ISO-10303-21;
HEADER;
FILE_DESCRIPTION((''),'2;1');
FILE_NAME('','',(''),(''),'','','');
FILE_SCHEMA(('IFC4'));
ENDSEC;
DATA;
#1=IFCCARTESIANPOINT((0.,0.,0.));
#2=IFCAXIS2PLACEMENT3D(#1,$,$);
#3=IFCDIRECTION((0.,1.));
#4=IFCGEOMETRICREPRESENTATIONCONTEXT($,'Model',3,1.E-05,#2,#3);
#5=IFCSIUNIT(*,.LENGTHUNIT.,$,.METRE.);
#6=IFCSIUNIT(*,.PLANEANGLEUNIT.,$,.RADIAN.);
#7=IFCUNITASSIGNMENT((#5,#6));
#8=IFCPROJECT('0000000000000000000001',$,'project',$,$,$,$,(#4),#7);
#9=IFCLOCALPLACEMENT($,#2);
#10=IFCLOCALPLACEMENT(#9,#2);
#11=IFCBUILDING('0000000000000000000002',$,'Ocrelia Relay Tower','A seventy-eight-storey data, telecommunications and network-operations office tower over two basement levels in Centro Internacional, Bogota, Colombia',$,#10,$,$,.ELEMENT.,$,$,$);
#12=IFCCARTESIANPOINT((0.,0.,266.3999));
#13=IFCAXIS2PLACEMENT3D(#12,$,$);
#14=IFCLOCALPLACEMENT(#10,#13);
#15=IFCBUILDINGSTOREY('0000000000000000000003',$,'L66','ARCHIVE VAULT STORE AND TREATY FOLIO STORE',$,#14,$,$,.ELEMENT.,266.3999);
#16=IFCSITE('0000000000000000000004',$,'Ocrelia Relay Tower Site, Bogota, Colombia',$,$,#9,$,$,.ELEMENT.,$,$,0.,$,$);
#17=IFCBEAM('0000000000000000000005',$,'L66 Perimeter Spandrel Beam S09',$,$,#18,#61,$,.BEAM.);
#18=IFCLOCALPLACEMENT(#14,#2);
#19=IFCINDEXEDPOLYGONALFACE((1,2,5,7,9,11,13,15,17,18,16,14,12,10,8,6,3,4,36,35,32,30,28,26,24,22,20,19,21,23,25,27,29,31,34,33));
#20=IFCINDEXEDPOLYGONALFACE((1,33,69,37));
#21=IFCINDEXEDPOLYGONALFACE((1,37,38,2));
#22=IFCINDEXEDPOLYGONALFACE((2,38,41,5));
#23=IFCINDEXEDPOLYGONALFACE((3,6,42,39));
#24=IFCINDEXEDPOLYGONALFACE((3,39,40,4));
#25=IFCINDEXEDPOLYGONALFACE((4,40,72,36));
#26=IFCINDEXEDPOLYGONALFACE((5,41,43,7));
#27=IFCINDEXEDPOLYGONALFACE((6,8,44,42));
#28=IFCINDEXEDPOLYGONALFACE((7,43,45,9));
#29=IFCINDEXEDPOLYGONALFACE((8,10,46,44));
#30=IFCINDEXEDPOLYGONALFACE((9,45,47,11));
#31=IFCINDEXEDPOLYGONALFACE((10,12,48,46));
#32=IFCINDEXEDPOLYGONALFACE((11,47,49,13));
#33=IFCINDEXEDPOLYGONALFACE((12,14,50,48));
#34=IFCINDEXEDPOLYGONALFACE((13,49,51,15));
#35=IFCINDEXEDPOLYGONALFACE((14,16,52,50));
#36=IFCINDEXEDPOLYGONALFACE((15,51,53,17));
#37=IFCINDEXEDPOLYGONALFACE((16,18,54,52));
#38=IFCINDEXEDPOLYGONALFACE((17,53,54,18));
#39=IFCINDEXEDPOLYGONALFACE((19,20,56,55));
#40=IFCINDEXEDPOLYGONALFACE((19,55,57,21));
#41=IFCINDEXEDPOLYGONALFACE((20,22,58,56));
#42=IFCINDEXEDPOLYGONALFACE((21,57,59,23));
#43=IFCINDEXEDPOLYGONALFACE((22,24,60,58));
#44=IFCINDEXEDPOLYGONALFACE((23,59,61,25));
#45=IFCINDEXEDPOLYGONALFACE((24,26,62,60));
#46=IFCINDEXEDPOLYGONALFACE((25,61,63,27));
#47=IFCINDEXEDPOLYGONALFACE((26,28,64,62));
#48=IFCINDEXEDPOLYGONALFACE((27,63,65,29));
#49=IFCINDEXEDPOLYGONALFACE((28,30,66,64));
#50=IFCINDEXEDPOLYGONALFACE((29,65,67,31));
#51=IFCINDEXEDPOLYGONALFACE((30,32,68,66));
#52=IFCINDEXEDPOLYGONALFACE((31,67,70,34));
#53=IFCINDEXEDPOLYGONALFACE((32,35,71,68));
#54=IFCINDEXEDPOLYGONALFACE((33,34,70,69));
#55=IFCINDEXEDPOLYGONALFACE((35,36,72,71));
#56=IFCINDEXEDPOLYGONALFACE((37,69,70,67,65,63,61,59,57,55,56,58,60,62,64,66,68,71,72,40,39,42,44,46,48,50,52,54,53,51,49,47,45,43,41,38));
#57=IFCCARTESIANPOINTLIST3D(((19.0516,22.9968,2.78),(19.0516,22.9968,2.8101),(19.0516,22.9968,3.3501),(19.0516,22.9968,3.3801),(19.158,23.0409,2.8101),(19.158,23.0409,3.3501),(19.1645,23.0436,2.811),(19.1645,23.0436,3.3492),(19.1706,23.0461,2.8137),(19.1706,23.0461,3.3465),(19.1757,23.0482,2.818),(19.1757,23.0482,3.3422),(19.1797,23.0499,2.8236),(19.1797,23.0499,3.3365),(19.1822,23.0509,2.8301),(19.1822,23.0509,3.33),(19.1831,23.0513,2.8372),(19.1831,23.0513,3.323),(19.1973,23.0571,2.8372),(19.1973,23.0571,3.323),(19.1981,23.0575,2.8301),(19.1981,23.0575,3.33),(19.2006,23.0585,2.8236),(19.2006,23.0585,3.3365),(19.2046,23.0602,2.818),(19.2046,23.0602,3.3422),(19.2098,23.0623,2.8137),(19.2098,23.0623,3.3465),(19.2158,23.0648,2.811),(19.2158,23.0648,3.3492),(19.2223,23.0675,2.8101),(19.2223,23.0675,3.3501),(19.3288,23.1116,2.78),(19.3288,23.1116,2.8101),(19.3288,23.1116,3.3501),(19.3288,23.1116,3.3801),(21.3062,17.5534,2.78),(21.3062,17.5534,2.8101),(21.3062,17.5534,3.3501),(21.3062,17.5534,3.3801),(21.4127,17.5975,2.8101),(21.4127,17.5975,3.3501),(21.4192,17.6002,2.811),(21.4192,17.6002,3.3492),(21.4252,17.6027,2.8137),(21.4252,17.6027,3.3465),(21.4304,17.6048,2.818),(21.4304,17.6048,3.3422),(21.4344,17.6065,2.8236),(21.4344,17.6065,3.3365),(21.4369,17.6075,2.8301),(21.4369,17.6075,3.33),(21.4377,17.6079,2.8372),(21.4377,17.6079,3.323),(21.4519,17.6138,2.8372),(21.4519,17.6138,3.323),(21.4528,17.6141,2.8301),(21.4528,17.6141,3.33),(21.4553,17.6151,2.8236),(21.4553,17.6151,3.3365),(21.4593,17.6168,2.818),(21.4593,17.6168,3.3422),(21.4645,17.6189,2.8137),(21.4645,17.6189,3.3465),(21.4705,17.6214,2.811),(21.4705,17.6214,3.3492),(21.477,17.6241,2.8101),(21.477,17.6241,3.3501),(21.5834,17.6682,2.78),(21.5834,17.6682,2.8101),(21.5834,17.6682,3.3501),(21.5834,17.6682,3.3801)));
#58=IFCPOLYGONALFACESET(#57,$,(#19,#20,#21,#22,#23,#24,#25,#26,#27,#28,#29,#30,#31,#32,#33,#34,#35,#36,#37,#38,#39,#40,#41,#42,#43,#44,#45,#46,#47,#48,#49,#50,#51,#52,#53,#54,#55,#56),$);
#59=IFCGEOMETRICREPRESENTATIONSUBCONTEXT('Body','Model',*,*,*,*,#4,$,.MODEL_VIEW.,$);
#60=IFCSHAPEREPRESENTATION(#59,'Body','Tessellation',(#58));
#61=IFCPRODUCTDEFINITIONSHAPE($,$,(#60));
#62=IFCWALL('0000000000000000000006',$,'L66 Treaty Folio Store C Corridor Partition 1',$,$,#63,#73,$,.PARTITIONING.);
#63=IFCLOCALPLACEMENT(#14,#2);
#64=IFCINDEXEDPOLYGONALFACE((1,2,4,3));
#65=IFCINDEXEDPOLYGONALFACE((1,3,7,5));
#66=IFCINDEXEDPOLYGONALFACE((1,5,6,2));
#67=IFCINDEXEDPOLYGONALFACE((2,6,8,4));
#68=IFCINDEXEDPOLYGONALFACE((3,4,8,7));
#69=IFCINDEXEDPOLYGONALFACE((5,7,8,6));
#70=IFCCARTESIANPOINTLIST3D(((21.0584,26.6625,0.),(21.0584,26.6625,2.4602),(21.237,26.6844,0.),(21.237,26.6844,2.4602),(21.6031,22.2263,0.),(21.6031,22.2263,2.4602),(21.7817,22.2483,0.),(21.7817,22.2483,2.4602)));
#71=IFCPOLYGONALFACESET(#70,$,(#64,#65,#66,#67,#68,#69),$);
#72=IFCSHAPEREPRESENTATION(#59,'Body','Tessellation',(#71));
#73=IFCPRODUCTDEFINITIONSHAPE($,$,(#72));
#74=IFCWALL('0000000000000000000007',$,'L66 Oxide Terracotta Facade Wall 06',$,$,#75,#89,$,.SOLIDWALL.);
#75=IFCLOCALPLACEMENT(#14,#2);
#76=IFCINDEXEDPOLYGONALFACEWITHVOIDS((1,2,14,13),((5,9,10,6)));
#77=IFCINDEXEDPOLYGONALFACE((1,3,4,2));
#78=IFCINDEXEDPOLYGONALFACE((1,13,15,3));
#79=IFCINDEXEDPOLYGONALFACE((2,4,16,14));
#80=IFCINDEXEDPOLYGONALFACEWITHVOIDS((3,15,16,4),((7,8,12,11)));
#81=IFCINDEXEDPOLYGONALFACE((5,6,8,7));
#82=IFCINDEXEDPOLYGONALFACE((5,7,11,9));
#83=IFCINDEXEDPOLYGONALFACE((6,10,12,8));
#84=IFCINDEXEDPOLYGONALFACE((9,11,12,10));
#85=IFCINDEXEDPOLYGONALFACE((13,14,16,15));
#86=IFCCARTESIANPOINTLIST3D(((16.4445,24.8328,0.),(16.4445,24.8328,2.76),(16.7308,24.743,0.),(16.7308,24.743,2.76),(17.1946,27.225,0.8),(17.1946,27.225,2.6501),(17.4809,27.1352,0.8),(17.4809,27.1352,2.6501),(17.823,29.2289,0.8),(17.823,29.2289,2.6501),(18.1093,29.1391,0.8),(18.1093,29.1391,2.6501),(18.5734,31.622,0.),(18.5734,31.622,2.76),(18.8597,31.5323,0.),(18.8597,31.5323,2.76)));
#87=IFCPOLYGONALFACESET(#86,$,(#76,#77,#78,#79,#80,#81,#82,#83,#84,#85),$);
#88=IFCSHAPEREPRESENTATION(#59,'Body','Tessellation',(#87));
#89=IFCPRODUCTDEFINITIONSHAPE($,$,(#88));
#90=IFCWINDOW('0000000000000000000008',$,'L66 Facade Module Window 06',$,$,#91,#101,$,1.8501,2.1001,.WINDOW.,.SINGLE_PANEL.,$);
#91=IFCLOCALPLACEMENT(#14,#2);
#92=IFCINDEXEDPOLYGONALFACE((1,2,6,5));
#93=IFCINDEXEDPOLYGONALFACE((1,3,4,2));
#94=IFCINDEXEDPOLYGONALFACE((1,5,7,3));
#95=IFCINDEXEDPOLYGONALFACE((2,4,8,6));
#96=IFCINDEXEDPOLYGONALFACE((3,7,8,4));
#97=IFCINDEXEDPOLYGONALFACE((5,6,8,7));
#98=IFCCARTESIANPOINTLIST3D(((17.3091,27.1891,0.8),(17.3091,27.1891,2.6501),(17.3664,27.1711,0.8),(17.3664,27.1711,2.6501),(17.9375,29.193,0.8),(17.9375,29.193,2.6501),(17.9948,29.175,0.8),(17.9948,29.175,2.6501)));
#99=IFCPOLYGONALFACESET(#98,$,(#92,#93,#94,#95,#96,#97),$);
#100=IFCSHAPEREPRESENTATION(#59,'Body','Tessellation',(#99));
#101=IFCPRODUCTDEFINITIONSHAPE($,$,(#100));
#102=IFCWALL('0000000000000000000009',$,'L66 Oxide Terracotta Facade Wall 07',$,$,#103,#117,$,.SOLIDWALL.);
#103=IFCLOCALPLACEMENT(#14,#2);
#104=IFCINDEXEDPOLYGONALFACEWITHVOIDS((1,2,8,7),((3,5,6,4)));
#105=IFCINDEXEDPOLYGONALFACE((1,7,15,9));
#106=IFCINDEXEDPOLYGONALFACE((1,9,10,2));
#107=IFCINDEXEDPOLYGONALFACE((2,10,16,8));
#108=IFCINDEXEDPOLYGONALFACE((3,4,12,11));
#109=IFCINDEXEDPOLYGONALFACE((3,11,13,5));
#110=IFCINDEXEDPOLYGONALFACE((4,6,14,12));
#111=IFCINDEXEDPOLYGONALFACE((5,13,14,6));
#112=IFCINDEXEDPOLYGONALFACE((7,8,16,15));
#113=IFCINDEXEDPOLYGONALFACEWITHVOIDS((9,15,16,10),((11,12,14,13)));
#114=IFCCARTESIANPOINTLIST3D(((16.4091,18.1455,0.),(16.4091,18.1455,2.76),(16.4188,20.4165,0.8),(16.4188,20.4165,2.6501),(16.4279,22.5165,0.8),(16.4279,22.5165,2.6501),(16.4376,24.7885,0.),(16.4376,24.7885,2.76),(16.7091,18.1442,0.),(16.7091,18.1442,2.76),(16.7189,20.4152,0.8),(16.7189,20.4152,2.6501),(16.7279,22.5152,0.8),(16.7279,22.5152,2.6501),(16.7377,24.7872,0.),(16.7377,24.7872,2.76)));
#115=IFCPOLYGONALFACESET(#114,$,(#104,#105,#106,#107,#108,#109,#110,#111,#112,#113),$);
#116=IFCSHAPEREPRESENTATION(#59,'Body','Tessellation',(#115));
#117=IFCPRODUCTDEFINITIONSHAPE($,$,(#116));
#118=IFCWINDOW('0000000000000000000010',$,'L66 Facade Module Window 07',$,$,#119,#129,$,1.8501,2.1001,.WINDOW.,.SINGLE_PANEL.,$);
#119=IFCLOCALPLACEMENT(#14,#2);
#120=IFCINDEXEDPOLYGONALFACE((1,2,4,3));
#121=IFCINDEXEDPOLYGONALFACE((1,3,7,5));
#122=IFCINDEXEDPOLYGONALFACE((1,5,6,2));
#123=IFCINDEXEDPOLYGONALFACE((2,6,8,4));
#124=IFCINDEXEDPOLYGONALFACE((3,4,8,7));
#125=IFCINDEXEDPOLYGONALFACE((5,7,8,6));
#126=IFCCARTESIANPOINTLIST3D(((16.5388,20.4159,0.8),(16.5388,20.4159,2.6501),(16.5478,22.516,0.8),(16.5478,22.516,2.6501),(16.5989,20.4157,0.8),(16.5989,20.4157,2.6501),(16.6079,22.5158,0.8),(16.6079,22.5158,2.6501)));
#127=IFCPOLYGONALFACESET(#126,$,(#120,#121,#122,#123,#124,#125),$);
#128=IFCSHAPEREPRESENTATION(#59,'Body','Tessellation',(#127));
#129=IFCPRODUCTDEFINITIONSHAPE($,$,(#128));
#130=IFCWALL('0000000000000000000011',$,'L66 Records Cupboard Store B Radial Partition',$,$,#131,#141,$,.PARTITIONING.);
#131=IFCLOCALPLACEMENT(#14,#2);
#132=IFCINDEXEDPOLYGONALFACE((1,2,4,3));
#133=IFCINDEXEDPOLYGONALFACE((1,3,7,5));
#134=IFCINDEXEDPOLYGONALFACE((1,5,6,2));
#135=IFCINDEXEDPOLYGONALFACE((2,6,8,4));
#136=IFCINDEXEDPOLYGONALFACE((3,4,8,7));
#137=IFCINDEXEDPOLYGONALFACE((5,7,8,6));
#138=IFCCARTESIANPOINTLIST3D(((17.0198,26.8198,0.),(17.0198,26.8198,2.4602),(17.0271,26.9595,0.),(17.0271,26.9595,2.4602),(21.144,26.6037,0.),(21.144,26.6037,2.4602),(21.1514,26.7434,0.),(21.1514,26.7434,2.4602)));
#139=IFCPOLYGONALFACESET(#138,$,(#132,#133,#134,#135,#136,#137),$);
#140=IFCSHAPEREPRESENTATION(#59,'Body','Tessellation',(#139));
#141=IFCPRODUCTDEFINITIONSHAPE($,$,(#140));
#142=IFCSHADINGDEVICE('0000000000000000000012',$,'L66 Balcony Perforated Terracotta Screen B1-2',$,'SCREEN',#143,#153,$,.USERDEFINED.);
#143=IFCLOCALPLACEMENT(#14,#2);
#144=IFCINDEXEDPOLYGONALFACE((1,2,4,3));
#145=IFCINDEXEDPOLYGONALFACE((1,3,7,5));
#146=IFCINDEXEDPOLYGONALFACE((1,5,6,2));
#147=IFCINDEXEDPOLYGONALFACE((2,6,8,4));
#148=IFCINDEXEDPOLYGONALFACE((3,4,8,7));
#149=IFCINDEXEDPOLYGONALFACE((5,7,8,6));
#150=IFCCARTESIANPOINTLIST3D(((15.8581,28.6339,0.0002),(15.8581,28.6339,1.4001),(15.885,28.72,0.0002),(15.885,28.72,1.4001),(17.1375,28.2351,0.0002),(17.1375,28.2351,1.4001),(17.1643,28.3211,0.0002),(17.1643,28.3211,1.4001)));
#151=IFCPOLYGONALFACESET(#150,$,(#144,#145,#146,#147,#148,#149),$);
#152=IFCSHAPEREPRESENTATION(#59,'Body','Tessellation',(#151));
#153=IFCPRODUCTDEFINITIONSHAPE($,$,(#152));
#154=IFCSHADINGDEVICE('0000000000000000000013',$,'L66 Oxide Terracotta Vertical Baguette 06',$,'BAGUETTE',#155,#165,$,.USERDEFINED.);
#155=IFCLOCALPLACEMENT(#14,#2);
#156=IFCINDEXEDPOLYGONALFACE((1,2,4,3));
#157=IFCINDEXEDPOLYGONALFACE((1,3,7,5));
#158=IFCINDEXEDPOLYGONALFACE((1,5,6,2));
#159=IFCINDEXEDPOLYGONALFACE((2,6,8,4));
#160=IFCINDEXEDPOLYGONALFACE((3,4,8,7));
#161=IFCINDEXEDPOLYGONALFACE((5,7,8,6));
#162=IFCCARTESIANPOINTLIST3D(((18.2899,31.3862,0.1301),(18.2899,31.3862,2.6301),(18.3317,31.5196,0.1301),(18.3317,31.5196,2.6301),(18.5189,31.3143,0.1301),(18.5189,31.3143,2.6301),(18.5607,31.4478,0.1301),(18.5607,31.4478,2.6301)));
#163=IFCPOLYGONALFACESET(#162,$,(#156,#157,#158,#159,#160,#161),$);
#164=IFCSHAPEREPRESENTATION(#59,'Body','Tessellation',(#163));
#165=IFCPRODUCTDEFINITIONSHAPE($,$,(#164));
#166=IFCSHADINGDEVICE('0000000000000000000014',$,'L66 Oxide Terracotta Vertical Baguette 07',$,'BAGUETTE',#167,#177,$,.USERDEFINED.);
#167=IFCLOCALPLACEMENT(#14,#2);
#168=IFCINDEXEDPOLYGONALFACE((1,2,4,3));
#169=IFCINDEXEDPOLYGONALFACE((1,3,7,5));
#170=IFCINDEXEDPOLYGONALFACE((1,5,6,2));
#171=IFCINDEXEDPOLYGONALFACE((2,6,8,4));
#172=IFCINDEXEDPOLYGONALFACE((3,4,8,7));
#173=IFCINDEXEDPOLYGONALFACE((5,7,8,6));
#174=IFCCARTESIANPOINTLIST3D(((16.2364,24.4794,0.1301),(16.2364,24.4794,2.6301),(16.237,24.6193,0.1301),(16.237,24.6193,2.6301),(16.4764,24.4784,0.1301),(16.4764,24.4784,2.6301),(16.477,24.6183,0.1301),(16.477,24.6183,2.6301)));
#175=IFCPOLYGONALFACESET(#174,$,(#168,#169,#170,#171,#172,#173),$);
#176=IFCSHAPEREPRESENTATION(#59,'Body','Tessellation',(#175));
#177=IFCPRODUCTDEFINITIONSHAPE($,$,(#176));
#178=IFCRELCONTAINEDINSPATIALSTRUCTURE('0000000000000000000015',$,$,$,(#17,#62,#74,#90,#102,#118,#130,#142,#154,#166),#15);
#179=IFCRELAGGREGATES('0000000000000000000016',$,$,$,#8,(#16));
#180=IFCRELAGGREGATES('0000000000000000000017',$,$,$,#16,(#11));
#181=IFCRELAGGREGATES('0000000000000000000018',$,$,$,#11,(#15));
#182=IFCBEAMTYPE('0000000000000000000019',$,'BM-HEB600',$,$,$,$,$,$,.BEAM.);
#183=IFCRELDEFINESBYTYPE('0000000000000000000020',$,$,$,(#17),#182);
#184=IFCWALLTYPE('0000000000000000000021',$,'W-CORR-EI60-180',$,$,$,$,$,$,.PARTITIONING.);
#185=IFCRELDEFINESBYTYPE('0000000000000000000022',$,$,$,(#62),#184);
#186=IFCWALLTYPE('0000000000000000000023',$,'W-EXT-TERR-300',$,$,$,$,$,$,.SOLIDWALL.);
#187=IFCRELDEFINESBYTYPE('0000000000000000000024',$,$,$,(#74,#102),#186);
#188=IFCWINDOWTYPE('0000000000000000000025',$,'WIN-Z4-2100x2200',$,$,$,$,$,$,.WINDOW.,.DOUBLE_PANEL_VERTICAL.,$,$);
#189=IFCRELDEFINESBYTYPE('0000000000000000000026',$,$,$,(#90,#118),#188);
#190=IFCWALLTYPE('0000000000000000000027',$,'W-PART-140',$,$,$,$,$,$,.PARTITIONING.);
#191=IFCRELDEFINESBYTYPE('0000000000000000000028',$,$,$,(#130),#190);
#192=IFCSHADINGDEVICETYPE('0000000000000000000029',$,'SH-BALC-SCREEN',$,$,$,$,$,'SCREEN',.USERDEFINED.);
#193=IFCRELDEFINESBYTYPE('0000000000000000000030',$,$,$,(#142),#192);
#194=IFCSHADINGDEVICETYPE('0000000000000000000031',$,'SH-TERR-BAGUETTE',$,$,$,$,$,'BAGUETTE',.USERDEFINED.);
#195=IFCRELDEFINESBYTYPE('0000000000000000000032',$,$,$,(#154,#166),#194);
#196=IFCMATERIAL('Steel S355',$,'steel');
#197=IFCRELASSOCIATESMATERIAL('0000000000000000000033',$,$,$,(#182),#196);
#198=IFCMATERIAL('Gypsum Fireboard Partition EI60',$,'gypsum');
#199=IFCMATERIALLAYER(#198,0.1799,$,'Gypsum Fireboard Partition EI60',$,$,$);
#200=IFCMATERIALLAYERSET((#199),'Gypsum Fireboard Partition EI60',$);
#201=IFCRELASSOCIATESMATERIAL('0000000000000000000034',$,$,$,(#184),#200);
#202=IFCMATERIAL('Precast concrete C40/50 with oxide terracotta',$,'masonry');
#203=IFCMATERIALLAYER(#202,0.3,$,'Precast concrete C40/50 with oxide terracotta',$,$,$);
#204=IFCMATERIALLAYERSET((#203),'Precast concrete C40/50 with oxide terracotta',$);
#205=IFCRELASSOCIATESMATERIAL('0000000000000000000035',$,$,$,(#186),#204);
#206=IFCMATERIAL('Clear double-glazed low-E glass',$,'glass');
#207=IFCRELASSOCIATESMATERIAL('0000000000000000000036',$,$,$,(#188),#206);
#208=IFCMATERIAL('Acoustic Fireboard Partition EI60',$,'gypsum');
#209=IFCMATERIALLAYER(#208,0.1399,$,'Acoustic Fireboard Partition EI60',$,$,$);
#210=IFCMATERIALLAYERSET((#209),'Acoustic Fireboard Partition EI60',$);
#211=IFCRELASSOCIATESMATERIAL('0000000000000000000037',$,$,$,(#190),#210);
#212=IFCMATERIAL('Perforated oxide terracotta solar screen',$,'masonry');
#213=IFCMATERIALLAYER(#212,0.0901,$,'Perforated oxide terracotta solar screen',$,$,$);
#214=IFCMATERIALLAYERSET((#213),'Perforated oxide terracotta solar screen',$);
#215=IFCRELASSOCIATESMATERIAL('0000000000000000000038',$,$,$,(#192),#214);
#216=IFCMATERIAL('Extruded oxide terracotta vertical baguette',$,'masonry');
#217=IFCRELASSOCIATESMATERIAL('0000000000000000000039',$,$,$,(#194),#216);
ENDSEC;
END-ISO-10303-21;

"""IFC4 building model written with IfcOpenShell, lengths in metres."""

from ifc_helpers import new_model, si_unit, direction, frame, frame_2d, origin, origin_2d, place, context, subcontext, project, spatial, rectangle, i_section, extrude, material, layer, layer_set, material_profile, profile_set, type_object, element, fill, save


model = new_model("IFC4")

# Units and contexts
model_context = context("Model", 3, precision=1e-05, world=origin(), true_north=direction((0.0, 1.0)))
body_context = subcontext(model_context, "Body", "Model", "MODEL_VIEW")
ifc_project = project(units=[si_unit("LENGTHUNIT", "METRE"), si_unit("PLANEANGLEUNIT", "RADIAN")], contexts=[model_context])

# Site, building, storey
site_placement = place(None, origin())
site = spatial("IfcSite", under=ifc_project, at=site_placement, Name="Ocrelia Relay Tower Site, Bogota, Colombia", CompositionType="ELEMENT", RefElevation=0.0)
building_placement = place(site_placement, origin())
building = spatial("IfcBuilding", under=site, at=building_placement, Name="Ocrelia Relay Tower", Description="A seventy-eight-storey data, telecommunications and network-operations office tower over two basement levels in Centro Internacional, Bogota, Colombia", CompositionType="ELEMENT")
storey_placement = place(building_placement, frame((0.0, 0.0, 266.3999)))
storey = spatial("IfcBuildingStorey", under=building, at=storey_placement, Name="L66", Description="ARCHIVE VAULT STORE AND TREATY FOLIO STORE", CompositionType="ELEMENT", Elevation=266.3999)

# Beam
ifc_material_1 = material(Name="Steel S355", Category="steel")
ifc_material_profile_1 = material_profile(ifc_material_1, i_section(OverallWidth=0.3, OverallDepth=0.6001, WebThickness=0.0154, FlangeThickness=0.03, FilletRadius=0.0271, at=origin_2d()), Name="HEB 600")
ifc_profile_set_1 = profile_set([ifc_material_profile_1], Name="Steel S355")
beam_type_1 = type_object("IfcBeamType", Name="BM-HEB600", PredefinedType="BEAM", material=ifc_profile_set_1)
beam_1_placement = place(storey_placement, frame((19.1902, 23.0542, 3.0801), z_axis=(0.382673, -0.923884, 0.0), x_axis=(0.923884, 0.382673, 0.0)))
element("IfcBeam", 1, at=beam_1_placement, inside=storey, type_object=beam_type_1, Name="L66 Perimeter Spandrel Beam S09", PredefinedType="BEAM", context=body_context, shape_type="SweptSolid", body=[
    extrude(i_section(OverallWidth=0.3, OverallDepth=0.6001, WebThickness=0.0154, FlangeThickness=0.03, FilletRadius=0.0271, at=origin_2d()), origin(), (0.0, 0.0, 1.0), 5.8918),
])

# Wall
ifc_material_2 = material(Name="Gypsum Fireboard Partition EI60", Category="gypsum")
ifc_layer_1 = layer(ifc_material_2, 0.1799, Name="Gypsum Fireboard Partition EI60")
ifc_layer_set_1 = layer_set([ifc_layer_1], Name="Gypsum Fireboard Partition EI60")
wall_type_1 = type_object("IfcWallType", Name="W-CORR-EI60-180", PredefinedType="PARTITIONING", material=ifc_layer_set_1)
wall_1_placement = place(storey_placement, frame((21.1477, 26.6736, 0.0), z_axis=(0.0, 0.0, 1.0), x_axis=(0.121863, -0.992547, 0.0)))
element("IfcWall", 2, at=wall_1_placement, inside=storey, type_object=wall_type_1, Name="L66 Treaty Folio Store C Corridor Partition 1", PredefinedType="PARTITIONING", context=body_context, shape_type="SweptSolid", body=[
    extrude(rectangle(XDim=4.4695, YDim=0.1799, at=frame_2d((2.2349, 0.0))), origin(), (0.0, 0.0, 1.0), 2.4602),
])

# Walls, openings, windows
ifc_material_3 = material(Name="Precast concrete C40/50 with oxide terracotta", Category="masonry")
ifc_layer_2 = layer(ifc_material_3, 0.3, Name="Precast concrete C40/50 with oxide terracotta")
ifc_layer_set_2 = layer_set([ifc_layer_2], Name="Precast concrete C40/50 with oxide terracotta")
wall_type_2 = type_object("IfcWallType", Name="W-EXT-TERR-300", PredefinedType="SOLIDWALL", material=ifc_layer_set_2)
wall_2_placement = place(storey_placement, frame((18.7166, 31.5771, 0.0), z_axis=(0.0, 0.0, 1.0), x_axis=(-0.299203, -0.95419, 0.0)))
wall_2 = element("IfcWall", 3, at=wall_2_placement, inside=storey, type_object=wall_type_2, Name="L66 Oxide Terracotta Facade Wall 06", PredefinedType="SOLIDWALL", context=body_context, shape_type="SweptSolid", body=[
    extrude(rectangle(XDim=7.1152, YDim=0.3, at=frame_2d((3.5576, 0.0))), origin(), (0.0, 0.0, 1.0), 2.76),
])
opening_1_placement = place(wall_2_placement, frame((2.5081, 0.0, 0.8)))
opening_1 = element("IfcOpeningElement", 4, at=opening_1_placement, cuts=wall_2, PredefinedType="OPENING", context=body_context, shape_type="SweptSolid", body=[
    extrude(rectangle(XDim=2.1001, YDim=1.8501, at=frame_2d((1.05, 0.925))), frame((0.0, 0.1602, 0.0), z_axis=(0.0, -1.0, 0.0), x_axis=(1.0, 0.0, 0.0)), (0.0, 0.0, 1.0), 0.3201),
])
ifc_material_4 = material(Name="Clear double-glazed low-E glass", Category="glass")
window_type = type_object("IfcWindowType", Name="WIN-Z4-2100x2200", PartitioningType="DOUBLE_PANEL_VERTICAL", PredefinedType="WINDOW", material=ifc_material_4)
window_1_placement = place(opening_1_placement, origin())
window_1 = element("IfcWindow", 5, at=window_1_placement, inside=storey, type_object=window_type, Name="L66 Facade Module Window 06", OverallHeight=1.8501, OverallWidth=2.1001, PartitioningType="SINGLE_PANEL", PredefinedType="WINDOW", context=body_context, shape_type="SweptSolid", body=[
    extrude(rectangle(XDim=2.1001, YDim=1.8501, at=frame_2d((1.05, 0.925))), frame((0.0, 0.03, 0.0), z_axis=(0.0, -1.0, 0.0), x_axis=(1.0, 0.0, 0.0)), (0.0, 0.0, 1.0), 0.0601),
])
fill(opening_1, window_1)
wall_3_placement = place(storey_placement, frame((16.5876, 24.7878, 0.0), z_axis=(0.0, 0.0, 1.0), x_axis=(-0.0043, -0.999991, 0.0)))
wall_3 = element("IfcWall", 6, at=wall_3_placement, inside=storey, type_object=wall_type_2, Name="L66 Oxide Terracotta Facade Wall 07", PredefinedType="SOLIDWALL", context=body_context, shape_type="SweptSolid", body=[
    extrude(rectangle(XDim=6.6431, YDim=0.3, at=frame_2d((3.3215, 0.0))), origin(), (0.0, 0.0, 1.0), 2.76),
])
opening_2_placement = place(wall_3_placement, frame((2.272, 0.0, 0.8)))
opening_2 = element("IfcOpeningElement", 7, at=opening_2_placement, cuts=wall_3, PredefinedType="OPENING", context=body_context, shape_type="SweptSolid", body=[
    extrude(rectangle(XDim=2.1001, YDim=1.8501, at=frame_2d((1.05, 0.925))), frame((0.0, 0.1602, 0.0), z_axis=(0.0, -1.0, 0.0), x_axis=(1.0, 0.0, 0.0)), (0.0, 0.0, 1.0), 0.3201),
])
window_2_placement = place(opening_2_placement, origin())
window_2 = element("IfcWindow", 8, at=window_2_placement, inside=storey, type_object=window_type, Name="L66 Facade Module Window 07", OverallHeight=1.8501, OverallWidth=2.1001, PartitioningType="SINGLE_PANEL", PredefinedType="WINDOW", context=body_context, shape_type="SweptSolid", body=[
    extrude(rectangle(XDim=2.1001, YDim=1.8501, at=frame_2d((1.05, 0.925))), frame((0.0, 0.03, 0.0), z_axis=(0.0, -1.0, 0.0), x_axis=(1.0, 0.0, 0.0)), (0.0, 0.0, 1.0), 0.0601),
])
fill(opening_2, window_2)

# Wall
ifc_material_5 = material(Name="Acoustic Fireboard Partition EI60", Category="gypsum")
ifc_layer_3 = layer(ifc_material_5, 0.1399, Name="Acoustic Fireboard Partition EI60")
ifc_layer_set_3 = layer_set([ifc_layer_3], Name="Acoustic Fireboard Partition EI60")
wall_type_3 = type_object("IfcWallType", Name="W-PART-140", PredefinedType="PARTITIONING", material=ifc_layer_set_3)
wall_4_placement = place(storey_placement, frame((21.1477, 26.6736, 0.0), z_axis=(0.0, 0.0, 1.0), x_axis=(-0.998631, 0.052317, 0.0)))
element("IfcWall", 9, at=wall_4_placement, inside=storey, type_object=wall_type_3, Name="L66 Records Cupboard Store B Radial Partition", PredefinedType="PARTITIONING", context=body_context, shape_type="SweptSolid", body=[
    extrude(rectangle(XDim=4.1299, YDim=0.1399, at=frame_2d((2.0649, 0.0))), origin(), (0.0, 0.0, 1.0), 2.4602),
])

# Shading devices
ifc_material_6 = material(Name="Perforated oxide terracotta solar screen", Category="masonry")
ifc_layer_4 = layer(ifc_material_6, 0.0901, Name="Perforated oxide terracotta solar screen")
ifc_layer_set_4 = layer_set([ifc_layer_4], Name="Perforated oxide terracotta solar screen")
shading_device_type_1 = type_object("IfcShadingDeviceType", Name="SH-BALC-SCREEN", ElementType="SCREEN", PredefinedType="USERDEFINED", material=ifc_layer_set_4)
shading_device_1_placement = place(storey_placement, frame((16.5112, 28.4775, 0.0002), z_axis=(0.0, 0.0, 1.0), x_axis=(-0.954688, 0.297609, 0.0)))
element("IfcShadingDevice", 10, at=shading_device_1_placement, inside=storey, type_object=shading_device_type_1, Name="L66 Balcony Perforated Terracotta Screen B1-2", ObjectType="SCREEN", PredefinedType="USERDEFINED", context=body_context, shape_type="SweptSolid", body=[
    extrude(rectangle(XDim=1.3401, YDim=0.0901, at=origin_2d()), origin(), (0.0, 0.0, 1.0), 1.3999),
])
ifc_material_7 = material(Name="Extruded oxide terracotta vertical baguette", Category="masonry")
shading_device_type_2 = type_object("IfcShadingDeviceType", Name="SH-TERR-BAGUETTE", ElementType="BAGUETTE", PredefinedType="USERDEFINED", material=ifc_material_7)
for number, where, z_axis, x_axis, name in (
    (11, (18.4253, 31.417, 0.1301), (0.0, 0.0, 1.0), (-0.29919, -0.954194, 0.0), "L66 Oxide Terracotta Vertical Baguette 06"),
    (12, (16.3567, 24.5488, 0.1301), (0.0, 0.0, 1.0), (-0.004305, -0.999991, 0.0), "L66 Oxide Terracotta Vertical Baguette 07"),
):
    element("IfcShadingDevice", number, at=place(storey_placement, frame(where, z_axis=z_axis, x_axis=x_axis)), inside=storey, type_object=shading_device_type_2, Name=name, ObjectType="BAGUETTE", PredefinedType="USERDEFINED", context=body_context, shape_type="SweptSolid", body=[
        extrude(rectangle(XDim=0.1399, YDim=0.24, at=origin_2d()), origin(), (0.0, 0.0, 1.0), 2.5),
    ])

save(model, "model.ifc")
